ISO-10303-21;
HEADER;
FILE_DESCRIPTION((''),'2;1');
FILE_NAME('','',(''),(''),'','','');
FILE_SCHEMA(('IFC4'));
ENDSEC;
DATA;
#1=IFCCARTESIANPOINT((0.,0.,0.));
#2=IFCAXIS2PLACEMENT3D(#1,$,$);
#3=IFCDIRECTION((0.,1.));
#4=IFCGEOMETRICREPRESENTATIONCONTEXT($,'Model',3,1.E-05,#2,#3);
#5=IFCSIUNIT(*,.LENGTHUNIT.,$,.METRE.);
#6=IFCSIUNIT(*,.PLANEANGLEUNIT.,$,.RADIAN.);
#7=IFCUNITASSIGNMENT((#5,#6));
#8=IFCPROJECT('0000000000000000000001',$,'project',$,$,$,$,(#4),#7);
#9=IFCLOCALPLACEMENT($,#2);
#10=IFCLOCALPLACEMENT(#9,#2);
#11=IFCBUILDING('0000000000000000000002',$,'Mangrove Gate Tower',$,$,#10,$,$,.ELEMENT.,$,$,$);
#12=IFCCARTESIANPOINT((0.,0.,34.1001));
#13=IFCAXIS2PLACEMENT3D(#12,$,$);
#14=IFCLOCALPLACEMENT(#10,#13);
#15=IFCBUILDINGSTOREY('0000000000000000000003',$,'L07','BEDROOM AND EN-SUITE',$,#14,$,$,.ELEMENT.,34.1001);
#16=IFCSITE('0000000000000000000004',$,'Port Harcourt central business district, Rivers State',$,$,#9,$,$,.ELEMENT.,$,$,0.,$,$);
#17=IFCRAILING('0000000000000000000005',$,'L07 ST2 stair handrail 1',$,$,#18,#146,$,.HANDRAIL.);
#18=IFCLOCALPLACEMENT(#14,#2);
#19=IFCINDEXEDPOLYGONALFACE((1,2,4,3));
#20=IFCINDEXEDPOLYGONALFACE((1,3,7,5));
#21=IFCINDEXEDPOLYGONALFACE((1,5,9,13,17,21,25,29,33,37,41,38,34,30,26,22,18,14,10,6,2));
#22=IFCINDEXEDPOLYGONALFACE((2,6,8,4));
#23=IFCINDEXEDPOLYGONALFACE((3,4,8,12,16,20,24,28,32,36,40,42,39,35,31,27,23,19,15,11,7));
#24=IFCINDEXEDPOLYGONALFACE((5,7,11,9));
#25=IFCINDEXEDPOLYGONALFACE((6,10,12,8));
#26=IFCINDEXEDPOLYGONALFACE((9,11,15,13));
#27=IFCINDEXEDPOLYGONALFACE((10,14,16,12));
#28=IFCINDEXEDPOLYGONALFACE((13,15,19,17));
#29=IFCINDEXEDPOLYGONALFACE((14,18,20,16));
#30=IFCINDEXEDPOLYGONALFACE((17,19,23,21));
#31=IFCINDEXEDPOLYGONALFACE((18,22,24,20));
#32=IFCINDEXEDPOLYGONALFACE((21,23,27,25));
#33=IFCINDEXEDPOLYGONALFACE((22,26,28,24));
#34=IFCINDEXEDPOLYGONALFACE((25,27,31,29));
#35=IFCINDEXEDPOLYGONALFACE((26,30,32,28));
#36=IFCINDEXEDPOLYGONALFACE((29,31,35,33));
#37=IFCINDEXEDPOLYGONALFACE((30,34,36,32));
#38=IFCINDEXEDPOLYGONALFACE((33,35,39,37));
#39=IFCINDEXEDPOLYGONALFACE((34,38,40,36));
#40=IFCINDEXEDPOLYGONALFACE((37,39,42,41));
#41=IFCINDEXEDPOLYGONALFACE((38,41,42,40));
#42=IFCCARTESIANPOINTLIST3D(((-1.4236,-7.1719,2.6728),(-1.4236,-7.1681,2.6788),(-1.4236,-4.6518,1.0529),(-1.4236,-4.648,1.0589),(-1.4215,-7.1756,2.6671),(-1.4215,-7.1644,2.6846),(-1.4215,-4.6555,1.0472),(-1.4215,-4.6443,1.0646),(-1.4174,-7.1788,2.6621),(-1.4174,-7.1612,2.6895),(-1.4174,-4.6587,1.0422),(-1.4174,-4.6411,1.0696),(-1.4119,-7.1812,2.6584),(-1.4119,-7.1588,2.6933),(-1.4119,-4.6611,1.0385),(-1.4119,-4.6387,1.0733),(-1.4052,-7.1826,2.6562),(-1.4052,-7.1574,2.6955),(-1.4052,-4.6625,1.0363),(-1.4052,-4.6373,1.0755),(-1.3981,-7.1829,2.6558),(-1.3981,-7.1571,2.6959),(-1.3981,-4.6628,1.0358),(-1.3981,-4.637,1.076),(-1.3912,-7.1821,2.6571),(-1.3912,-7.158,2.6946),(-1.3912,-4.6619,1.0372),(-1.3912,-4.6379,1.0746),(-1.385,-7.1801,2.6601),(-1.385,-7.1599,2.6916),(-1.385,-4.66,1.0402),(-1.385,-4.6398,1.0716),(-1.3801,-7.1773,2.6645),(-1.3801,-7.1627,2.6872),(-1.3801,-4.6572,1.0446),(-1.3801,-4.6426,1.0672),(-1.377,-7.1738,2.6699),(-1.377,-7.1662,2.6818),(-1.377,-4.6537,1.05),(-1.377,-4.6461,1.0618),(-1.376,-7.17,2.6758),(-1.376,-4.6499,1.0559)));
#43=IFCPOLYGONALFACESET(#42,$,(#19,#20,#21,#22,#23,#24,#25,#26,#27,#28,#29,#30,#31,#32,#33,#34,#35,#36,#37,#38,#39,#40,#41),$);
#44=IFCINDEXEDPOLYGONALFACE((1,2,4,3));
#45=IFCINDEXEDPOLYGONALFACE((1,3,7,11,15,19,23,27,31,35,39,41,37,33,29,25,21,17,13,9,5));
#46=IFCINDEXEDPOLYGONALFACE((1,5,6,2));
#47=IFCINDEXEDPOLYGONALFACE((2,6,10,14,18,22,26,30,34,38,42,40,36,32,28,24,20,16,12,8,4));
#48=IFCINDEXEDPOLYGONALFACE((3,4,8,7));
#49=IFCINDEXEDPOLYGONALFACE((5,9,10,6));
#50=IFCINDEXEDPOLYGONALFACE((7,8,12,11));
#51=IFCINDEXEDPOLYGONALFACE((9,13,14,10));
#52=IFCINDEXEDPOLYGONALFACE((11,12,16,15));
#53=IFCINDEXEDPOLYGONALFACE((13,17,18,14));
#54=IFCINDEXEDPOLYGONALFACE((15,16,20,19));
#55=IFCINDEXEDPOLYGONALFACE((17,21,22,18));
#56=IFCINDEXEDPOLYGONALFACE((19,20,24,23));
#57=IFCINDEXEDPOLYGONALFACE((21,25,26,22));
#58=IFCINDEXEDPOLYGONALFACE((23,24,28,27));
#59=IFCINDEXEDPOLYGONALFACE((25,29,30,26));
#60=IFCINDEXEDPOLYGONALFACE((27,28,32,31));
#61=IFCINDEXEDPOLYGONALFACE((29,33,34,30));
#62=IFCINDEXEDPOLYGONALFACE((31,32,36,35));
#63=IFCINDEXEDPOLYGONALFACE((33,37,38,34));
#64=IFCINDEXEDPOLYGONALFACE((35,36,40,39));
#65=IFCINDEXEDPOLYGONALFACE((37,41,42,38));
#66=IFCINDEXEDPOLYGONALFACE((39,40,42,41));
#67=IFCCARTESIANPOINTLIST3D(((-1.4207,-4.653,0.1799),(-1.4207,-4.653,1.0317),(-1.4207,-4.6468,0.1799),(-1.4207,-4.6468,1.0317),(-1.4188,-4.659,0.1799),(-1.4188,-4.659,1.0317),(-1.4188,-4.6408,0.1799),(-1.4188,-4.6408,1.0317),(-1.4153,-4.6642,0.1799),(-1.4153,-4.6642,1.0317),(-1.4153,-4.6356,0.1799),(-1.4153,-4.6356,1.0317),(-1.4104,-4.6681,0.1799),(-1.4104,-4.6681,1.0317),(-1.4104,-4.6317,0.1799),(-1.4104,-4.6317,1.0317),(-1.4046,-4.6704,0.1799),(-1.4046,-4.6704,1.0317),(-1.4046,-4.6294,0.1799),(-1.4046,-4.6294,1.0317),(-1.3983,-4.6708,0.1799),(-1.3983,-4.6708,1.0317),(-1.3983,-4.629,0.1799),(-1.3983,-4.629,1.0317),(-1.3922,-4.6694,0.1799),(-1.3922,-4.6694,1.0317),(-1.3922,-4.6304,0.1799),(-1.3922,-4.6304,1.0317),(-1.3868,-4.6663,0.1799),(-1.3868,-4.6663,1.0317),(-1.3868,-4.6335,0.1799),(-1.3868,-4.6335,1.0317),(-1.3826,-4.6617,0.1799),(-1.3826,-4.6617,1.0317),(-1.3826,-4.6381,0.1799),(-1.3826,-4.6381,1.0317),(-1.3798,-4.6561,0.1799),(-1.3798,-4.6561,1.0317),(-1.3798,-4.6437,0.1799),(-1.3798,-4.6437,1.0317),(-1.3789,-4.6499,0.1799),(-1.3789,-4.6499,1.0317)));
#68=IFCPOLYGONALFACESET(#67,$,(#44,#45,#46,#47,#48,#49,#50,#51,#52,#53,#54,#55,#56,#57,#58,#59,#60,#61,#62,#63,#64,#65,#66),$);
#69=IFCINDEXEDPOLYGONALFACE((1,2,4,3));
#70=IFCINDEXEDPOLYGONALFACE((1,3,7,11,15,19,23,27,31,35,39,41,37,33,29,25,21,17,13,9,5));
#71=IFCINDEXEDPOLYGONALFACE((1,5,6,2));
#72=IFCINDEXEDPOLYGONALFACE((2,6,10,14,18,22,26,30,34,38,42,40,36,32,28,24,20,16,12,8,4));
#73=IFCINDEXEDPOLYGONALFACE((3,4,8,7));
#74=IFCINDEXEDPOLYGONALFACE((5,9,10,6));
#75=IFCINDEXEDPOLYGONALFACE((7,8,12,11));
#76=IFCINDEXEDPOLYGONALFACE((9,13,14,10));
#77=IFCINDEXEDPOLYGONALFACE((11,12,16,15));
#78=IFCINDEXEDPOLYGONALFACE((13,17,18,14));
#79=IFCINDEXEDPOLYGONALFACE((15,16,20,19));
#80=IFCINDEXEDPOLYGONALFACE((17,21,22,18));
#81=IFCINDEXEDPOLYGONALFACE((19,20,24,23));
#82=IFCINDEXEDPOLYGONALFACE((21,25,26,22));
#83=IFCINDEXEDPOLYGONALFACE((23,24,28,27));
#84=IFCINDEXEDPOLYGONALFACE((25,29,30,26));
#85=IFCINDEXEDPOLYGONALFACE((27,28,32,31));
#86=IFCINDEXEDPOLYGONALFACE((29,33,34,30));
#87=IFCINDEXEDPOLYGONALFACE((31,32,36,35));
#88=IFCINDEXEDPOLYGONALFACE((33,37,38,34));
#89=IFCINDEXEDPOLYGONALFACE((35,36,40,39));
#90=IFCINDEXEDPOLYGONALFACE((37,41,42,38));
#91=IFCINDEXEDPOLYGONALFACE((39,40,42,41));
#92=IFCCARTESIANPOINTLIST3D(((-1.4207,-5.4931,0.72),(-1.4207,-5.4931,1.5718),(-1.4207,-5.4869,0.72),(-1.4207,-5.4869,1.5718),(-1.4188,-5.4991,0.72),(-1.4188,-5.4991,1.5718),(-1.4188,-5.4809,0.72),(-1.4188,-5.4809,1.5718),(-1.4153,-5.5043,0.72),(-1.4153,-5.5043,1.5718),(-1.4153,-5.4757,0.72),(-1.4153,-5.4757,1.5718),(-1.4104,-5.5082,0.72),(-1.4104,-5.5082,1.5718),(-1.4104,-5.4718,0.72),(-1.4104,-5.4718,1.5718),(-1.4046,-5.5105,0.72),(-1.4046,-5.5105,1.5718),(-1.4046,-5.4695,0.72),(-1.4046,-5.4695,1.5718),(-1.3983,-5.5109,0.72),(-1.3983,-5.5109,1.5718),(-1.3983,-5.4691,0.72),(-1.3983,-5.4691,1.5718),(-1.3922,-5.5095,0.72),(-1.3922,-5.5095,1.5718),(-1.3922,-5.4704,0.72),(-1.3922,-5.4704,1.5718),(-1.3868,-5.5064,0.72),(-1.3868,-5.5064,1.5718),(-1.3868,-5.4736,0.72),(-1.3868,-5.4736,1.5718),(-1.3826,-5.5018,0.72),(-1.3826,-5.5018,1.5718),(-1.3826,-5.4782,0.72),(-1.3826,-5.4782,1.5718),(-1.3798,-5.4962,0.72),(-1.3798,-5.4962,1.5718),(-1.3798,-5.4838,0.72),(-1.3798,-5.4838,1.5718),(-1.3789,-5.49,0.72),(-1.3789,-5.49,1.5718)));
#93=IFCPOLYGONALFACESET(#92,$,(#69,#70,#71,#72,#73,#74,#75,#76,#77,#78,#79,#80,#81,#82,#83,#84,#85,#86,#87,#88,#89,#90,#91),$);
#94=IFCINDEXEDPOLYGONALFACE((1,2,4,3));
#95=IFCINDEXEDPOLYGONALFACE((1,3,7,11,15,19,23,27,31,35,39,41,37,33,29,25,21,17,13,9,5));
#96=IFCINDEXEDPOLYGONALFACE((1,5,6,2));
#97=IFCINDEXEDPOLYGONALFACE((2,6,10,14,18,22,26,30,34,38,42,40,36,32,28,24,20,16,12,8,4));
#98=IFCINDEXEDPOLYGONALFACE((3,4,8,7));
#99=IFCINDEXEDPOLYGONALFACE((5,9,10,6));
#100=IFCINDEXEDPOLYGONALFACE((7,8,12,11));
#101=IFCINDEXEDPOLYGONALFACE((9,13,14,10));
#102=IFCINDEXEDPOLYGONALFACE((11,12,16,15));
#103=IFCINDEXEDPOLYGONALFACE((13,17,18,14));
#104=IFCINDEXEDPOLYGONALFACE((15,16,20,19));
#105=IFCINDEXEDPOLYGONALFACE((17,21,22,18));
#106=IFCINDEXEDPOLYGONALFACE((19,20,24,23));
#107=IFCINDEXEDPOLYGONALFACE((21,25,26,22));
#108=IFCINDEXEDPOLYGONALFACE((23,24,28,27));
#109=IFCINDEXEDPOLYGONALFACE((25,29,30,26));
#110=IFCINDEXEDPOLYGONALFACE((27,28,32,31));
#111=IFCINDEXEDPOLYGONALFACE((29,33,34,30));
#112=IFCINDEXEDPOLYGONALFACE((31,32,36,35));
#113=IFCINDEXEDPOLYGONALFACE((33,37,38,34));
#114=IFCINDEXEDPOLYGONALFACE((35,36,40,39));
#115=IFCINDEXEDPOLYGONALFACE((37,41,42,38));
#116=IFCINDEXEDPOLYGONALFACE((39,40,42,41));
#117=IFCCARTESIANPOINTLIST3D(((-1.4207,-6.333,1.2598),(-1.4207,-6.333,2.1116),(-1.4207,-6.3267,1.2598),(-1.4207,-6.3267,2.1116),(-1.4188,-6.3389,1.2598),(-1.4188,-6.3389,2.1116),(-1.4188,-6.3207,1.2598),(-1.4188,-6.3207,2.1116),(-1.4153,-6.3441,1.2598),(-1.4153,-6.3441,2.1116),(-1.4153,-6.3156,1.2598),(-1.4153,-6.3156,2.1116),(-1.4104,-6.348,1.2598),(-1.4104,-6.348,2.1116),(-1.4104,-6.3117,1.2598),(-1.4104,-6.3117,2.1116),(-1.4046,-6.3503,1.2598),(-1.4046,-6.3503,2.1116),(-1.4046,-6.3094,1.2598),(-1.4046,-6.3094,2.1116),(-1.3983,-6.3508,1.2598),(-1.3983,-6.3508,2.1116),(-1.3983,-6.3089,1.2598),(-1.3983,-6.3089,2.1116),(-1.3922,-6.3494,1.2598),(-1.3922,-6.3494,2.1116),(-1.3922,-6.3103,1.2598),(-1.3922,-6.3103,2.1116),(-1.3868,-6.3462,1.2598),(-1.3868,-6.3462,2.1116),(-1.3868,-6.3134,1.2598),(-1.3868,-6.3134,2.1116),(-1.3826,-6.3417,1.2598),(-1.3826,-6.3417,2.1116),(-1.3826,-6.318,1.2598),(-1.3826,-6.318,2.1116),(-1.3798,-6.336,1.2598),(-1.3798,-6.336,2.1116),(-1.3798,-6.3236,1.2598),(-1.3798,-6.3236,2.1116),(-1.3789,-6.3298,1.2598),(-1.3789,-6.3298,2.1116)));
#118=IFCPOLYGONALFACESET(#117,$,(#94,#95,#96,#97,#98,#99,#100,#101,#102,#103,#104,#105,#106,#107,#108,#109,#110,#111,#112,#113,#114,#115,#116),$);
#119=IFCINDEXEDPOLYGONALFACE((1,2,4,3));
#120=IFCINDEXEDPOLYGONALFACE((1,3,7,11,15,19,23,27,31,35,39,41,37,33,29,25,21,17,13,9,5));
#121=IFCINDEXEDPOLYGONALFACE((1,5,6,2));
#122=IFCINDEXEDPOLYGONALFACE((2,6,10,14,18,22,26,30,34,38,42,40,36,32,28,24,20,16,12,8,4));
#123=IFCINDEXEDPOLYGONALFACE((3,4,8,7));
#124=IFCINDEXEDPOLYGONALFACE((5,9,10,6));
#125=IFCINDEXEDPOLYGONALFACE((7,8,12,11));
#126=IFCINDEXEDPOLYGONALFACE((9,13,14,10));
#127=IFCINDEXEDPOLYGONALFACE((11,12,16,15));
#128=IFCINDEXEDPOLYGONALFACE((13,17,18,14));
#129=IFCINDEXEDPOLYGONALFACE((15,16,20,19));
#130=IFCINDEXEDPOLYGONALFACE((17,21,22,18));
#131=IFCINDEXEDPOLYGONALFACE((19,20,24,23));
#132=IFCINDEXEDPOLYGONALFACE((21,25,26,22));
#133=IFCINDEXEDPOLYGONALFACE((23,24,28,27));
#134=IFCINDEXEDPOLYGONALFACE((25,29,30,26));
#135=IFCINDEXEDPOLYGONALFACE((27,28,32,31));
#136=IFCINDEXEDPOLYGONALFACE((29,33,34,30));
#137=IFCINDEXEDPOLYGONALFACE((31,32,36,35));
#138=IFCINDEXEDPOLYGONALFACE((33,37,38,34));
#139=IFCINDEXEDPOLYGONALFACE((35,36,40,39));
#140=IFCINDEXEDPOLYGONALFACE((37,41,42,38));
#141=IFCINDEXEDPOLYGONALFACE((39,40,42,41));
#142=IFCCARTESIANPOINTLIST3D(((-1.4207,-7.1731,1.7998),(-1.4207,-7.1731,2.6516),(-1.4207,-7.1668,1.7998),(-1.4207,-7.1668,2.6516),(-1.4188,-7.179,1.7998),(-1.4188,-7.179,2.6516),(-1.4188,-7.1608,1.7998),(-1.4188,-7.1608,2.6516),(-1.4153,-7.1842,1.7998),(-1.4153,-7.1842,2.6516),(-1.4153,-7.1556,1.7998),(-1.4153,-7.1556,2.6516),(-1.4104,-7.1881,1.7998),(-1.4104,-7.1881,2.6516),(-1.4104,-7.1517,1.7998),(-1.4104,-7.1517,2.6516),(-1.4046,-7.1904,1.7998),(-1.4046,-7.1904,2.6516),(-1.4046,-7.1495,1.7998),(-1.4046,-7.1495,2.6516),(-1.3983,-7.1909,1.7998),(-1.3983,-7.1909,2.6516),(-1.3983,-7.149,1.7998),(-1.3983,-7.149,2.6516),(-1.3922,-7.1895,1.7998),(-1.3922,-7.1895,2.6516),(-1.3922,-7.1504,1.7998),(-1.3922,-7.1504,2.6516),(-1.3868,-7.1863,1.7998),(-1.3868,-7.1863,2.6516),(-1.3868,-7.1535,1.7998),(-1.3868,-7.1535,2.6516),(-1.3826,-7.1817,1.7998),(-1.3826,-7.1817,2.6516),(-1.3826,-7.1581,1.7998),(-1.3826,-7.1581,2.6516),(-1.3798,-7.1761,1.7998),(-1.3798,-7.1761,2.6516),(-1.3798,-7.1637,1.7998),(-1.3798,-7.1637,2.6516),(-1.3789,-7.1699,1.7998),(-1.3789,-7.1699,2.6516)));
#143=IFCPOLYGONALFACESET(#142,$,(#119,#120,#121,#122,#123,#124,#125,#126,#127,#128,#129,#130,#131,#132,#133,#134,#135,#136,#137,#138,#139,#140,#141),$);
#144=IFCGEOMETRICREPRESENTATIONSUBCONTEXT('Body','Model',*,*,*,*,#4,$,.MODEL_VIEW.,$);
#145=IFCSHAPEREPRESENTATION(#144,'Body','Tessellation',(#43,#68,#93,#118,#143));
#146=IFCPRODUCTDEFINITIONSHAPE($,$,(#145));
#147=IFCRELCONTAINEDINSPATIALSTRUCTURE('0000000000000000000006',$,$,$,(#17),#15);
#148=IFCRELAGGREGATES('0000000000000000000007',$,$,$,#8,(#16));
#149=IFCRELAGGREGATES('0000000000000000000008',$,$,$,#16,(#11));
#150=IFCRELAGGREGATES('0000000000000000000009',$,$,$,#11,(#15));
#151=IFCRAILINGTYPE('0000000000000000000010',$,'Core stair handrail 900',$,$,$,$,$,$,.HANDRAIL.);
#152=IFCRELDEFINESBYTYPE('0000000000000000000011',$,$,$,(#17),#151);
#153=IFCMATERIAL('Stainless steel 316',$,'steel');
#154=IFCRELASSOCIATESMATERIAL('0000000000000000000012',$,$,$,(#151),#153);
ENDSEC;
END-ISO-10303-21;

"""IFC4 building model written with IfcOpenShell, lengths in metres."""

from ifc_helpers import new_model, si_unit, direction, frame, origin, origin_2d, place, context, subcontext, project, spatial, circle, extrude, material, type_object, element, save


model = new_model("IFC4")

# Units and contexts
model_context = context("Model", 3, precision=1e-05, world=origin(), true_north=direction((0.0, 1.0)))
body_context = subcontext(model_context, "Body", "Model", "MODEL_VIEW")
ifc_project = project(units=[si_unit("LENGTHUNIT", "METRE"), si_unit("PLANEANGLEUNIT", "RADIAN")], contexts=[model_context])

# Site, building, storey
site_placement = place(None, origin())
site = spatial("IfcSite", under=ifc_project, at=site_placement, Name="Port Harcourt central business district, Rivers State", CompositionType="ELEMENT", RefElevation=0.0)
building_placement = place(site_placement, origin())
building = spatial("IfcBuilding", under=site, at=building_placement, Name="Mangrove Gate Tower", CompositionType="ELEMENT")
storey_placement = place(building_placement, frame((0.0, 0.0, 34.1001)))
storey = spatial("IfcBuildingStorey", under=building, at=storey_placement, Name="L07", Description="BEDROOM AND EN-SUITE", CompositionType="ELEMENT", Elevation=34.1001)

# Railing
ifc_material_1 = material(Name="Stainless steel 316", Category="steel")
railing_type_1 = type_object("IfcRailingType", Name="Core stair handrail 900", PredefinedType="HANDRAIL", material=ifc_material_1)
railing_1_placement = place(storey_placement, frame((-1.3999, -4.6499, 0.1799)))
element("IfcRailing", 1, at=railing_1_placement, inside=storey, type_object=railing_type_1, Name="L07 ST2 stair handrail 1", PredefinedType="HANDRAIL", context=body_context, shape_type="SweptSolid", body=[
    extrude(circle(Radius=0.0239, at=origin_2d()), frame((0.0, 0.0, 0.876), z_axis=(0.0, -0.8412, 0.540725), x_axis=(1.0, 0.0, 0.0)), (0.0, 0.0, 1.0), 2.9958),
    extrude(circle(Radius=0.021, at=origin_2d()), origin(), (0.0, 0.0, 1.0), 0.8518),
    extrude(circle(Radius=0.021, at=origin_2d()), frame((0.0, -0.8401, 0.54)), (0.0, 0.0, 1.0), 0.8518),
    extrude(circle(Radius=0.021, at=origin_2d()), frame((0.0, -1.6799, 1.0798)), (0.0, 0.0, 1.0), 0.8518),
    extrude(circle(Radius=0.021, at=origin_2d()), frame((0.0, -2.52, 1.6199)), (0.0, 0.0, 1.0), 0.8518),
])

save(model, "model.ifc")
